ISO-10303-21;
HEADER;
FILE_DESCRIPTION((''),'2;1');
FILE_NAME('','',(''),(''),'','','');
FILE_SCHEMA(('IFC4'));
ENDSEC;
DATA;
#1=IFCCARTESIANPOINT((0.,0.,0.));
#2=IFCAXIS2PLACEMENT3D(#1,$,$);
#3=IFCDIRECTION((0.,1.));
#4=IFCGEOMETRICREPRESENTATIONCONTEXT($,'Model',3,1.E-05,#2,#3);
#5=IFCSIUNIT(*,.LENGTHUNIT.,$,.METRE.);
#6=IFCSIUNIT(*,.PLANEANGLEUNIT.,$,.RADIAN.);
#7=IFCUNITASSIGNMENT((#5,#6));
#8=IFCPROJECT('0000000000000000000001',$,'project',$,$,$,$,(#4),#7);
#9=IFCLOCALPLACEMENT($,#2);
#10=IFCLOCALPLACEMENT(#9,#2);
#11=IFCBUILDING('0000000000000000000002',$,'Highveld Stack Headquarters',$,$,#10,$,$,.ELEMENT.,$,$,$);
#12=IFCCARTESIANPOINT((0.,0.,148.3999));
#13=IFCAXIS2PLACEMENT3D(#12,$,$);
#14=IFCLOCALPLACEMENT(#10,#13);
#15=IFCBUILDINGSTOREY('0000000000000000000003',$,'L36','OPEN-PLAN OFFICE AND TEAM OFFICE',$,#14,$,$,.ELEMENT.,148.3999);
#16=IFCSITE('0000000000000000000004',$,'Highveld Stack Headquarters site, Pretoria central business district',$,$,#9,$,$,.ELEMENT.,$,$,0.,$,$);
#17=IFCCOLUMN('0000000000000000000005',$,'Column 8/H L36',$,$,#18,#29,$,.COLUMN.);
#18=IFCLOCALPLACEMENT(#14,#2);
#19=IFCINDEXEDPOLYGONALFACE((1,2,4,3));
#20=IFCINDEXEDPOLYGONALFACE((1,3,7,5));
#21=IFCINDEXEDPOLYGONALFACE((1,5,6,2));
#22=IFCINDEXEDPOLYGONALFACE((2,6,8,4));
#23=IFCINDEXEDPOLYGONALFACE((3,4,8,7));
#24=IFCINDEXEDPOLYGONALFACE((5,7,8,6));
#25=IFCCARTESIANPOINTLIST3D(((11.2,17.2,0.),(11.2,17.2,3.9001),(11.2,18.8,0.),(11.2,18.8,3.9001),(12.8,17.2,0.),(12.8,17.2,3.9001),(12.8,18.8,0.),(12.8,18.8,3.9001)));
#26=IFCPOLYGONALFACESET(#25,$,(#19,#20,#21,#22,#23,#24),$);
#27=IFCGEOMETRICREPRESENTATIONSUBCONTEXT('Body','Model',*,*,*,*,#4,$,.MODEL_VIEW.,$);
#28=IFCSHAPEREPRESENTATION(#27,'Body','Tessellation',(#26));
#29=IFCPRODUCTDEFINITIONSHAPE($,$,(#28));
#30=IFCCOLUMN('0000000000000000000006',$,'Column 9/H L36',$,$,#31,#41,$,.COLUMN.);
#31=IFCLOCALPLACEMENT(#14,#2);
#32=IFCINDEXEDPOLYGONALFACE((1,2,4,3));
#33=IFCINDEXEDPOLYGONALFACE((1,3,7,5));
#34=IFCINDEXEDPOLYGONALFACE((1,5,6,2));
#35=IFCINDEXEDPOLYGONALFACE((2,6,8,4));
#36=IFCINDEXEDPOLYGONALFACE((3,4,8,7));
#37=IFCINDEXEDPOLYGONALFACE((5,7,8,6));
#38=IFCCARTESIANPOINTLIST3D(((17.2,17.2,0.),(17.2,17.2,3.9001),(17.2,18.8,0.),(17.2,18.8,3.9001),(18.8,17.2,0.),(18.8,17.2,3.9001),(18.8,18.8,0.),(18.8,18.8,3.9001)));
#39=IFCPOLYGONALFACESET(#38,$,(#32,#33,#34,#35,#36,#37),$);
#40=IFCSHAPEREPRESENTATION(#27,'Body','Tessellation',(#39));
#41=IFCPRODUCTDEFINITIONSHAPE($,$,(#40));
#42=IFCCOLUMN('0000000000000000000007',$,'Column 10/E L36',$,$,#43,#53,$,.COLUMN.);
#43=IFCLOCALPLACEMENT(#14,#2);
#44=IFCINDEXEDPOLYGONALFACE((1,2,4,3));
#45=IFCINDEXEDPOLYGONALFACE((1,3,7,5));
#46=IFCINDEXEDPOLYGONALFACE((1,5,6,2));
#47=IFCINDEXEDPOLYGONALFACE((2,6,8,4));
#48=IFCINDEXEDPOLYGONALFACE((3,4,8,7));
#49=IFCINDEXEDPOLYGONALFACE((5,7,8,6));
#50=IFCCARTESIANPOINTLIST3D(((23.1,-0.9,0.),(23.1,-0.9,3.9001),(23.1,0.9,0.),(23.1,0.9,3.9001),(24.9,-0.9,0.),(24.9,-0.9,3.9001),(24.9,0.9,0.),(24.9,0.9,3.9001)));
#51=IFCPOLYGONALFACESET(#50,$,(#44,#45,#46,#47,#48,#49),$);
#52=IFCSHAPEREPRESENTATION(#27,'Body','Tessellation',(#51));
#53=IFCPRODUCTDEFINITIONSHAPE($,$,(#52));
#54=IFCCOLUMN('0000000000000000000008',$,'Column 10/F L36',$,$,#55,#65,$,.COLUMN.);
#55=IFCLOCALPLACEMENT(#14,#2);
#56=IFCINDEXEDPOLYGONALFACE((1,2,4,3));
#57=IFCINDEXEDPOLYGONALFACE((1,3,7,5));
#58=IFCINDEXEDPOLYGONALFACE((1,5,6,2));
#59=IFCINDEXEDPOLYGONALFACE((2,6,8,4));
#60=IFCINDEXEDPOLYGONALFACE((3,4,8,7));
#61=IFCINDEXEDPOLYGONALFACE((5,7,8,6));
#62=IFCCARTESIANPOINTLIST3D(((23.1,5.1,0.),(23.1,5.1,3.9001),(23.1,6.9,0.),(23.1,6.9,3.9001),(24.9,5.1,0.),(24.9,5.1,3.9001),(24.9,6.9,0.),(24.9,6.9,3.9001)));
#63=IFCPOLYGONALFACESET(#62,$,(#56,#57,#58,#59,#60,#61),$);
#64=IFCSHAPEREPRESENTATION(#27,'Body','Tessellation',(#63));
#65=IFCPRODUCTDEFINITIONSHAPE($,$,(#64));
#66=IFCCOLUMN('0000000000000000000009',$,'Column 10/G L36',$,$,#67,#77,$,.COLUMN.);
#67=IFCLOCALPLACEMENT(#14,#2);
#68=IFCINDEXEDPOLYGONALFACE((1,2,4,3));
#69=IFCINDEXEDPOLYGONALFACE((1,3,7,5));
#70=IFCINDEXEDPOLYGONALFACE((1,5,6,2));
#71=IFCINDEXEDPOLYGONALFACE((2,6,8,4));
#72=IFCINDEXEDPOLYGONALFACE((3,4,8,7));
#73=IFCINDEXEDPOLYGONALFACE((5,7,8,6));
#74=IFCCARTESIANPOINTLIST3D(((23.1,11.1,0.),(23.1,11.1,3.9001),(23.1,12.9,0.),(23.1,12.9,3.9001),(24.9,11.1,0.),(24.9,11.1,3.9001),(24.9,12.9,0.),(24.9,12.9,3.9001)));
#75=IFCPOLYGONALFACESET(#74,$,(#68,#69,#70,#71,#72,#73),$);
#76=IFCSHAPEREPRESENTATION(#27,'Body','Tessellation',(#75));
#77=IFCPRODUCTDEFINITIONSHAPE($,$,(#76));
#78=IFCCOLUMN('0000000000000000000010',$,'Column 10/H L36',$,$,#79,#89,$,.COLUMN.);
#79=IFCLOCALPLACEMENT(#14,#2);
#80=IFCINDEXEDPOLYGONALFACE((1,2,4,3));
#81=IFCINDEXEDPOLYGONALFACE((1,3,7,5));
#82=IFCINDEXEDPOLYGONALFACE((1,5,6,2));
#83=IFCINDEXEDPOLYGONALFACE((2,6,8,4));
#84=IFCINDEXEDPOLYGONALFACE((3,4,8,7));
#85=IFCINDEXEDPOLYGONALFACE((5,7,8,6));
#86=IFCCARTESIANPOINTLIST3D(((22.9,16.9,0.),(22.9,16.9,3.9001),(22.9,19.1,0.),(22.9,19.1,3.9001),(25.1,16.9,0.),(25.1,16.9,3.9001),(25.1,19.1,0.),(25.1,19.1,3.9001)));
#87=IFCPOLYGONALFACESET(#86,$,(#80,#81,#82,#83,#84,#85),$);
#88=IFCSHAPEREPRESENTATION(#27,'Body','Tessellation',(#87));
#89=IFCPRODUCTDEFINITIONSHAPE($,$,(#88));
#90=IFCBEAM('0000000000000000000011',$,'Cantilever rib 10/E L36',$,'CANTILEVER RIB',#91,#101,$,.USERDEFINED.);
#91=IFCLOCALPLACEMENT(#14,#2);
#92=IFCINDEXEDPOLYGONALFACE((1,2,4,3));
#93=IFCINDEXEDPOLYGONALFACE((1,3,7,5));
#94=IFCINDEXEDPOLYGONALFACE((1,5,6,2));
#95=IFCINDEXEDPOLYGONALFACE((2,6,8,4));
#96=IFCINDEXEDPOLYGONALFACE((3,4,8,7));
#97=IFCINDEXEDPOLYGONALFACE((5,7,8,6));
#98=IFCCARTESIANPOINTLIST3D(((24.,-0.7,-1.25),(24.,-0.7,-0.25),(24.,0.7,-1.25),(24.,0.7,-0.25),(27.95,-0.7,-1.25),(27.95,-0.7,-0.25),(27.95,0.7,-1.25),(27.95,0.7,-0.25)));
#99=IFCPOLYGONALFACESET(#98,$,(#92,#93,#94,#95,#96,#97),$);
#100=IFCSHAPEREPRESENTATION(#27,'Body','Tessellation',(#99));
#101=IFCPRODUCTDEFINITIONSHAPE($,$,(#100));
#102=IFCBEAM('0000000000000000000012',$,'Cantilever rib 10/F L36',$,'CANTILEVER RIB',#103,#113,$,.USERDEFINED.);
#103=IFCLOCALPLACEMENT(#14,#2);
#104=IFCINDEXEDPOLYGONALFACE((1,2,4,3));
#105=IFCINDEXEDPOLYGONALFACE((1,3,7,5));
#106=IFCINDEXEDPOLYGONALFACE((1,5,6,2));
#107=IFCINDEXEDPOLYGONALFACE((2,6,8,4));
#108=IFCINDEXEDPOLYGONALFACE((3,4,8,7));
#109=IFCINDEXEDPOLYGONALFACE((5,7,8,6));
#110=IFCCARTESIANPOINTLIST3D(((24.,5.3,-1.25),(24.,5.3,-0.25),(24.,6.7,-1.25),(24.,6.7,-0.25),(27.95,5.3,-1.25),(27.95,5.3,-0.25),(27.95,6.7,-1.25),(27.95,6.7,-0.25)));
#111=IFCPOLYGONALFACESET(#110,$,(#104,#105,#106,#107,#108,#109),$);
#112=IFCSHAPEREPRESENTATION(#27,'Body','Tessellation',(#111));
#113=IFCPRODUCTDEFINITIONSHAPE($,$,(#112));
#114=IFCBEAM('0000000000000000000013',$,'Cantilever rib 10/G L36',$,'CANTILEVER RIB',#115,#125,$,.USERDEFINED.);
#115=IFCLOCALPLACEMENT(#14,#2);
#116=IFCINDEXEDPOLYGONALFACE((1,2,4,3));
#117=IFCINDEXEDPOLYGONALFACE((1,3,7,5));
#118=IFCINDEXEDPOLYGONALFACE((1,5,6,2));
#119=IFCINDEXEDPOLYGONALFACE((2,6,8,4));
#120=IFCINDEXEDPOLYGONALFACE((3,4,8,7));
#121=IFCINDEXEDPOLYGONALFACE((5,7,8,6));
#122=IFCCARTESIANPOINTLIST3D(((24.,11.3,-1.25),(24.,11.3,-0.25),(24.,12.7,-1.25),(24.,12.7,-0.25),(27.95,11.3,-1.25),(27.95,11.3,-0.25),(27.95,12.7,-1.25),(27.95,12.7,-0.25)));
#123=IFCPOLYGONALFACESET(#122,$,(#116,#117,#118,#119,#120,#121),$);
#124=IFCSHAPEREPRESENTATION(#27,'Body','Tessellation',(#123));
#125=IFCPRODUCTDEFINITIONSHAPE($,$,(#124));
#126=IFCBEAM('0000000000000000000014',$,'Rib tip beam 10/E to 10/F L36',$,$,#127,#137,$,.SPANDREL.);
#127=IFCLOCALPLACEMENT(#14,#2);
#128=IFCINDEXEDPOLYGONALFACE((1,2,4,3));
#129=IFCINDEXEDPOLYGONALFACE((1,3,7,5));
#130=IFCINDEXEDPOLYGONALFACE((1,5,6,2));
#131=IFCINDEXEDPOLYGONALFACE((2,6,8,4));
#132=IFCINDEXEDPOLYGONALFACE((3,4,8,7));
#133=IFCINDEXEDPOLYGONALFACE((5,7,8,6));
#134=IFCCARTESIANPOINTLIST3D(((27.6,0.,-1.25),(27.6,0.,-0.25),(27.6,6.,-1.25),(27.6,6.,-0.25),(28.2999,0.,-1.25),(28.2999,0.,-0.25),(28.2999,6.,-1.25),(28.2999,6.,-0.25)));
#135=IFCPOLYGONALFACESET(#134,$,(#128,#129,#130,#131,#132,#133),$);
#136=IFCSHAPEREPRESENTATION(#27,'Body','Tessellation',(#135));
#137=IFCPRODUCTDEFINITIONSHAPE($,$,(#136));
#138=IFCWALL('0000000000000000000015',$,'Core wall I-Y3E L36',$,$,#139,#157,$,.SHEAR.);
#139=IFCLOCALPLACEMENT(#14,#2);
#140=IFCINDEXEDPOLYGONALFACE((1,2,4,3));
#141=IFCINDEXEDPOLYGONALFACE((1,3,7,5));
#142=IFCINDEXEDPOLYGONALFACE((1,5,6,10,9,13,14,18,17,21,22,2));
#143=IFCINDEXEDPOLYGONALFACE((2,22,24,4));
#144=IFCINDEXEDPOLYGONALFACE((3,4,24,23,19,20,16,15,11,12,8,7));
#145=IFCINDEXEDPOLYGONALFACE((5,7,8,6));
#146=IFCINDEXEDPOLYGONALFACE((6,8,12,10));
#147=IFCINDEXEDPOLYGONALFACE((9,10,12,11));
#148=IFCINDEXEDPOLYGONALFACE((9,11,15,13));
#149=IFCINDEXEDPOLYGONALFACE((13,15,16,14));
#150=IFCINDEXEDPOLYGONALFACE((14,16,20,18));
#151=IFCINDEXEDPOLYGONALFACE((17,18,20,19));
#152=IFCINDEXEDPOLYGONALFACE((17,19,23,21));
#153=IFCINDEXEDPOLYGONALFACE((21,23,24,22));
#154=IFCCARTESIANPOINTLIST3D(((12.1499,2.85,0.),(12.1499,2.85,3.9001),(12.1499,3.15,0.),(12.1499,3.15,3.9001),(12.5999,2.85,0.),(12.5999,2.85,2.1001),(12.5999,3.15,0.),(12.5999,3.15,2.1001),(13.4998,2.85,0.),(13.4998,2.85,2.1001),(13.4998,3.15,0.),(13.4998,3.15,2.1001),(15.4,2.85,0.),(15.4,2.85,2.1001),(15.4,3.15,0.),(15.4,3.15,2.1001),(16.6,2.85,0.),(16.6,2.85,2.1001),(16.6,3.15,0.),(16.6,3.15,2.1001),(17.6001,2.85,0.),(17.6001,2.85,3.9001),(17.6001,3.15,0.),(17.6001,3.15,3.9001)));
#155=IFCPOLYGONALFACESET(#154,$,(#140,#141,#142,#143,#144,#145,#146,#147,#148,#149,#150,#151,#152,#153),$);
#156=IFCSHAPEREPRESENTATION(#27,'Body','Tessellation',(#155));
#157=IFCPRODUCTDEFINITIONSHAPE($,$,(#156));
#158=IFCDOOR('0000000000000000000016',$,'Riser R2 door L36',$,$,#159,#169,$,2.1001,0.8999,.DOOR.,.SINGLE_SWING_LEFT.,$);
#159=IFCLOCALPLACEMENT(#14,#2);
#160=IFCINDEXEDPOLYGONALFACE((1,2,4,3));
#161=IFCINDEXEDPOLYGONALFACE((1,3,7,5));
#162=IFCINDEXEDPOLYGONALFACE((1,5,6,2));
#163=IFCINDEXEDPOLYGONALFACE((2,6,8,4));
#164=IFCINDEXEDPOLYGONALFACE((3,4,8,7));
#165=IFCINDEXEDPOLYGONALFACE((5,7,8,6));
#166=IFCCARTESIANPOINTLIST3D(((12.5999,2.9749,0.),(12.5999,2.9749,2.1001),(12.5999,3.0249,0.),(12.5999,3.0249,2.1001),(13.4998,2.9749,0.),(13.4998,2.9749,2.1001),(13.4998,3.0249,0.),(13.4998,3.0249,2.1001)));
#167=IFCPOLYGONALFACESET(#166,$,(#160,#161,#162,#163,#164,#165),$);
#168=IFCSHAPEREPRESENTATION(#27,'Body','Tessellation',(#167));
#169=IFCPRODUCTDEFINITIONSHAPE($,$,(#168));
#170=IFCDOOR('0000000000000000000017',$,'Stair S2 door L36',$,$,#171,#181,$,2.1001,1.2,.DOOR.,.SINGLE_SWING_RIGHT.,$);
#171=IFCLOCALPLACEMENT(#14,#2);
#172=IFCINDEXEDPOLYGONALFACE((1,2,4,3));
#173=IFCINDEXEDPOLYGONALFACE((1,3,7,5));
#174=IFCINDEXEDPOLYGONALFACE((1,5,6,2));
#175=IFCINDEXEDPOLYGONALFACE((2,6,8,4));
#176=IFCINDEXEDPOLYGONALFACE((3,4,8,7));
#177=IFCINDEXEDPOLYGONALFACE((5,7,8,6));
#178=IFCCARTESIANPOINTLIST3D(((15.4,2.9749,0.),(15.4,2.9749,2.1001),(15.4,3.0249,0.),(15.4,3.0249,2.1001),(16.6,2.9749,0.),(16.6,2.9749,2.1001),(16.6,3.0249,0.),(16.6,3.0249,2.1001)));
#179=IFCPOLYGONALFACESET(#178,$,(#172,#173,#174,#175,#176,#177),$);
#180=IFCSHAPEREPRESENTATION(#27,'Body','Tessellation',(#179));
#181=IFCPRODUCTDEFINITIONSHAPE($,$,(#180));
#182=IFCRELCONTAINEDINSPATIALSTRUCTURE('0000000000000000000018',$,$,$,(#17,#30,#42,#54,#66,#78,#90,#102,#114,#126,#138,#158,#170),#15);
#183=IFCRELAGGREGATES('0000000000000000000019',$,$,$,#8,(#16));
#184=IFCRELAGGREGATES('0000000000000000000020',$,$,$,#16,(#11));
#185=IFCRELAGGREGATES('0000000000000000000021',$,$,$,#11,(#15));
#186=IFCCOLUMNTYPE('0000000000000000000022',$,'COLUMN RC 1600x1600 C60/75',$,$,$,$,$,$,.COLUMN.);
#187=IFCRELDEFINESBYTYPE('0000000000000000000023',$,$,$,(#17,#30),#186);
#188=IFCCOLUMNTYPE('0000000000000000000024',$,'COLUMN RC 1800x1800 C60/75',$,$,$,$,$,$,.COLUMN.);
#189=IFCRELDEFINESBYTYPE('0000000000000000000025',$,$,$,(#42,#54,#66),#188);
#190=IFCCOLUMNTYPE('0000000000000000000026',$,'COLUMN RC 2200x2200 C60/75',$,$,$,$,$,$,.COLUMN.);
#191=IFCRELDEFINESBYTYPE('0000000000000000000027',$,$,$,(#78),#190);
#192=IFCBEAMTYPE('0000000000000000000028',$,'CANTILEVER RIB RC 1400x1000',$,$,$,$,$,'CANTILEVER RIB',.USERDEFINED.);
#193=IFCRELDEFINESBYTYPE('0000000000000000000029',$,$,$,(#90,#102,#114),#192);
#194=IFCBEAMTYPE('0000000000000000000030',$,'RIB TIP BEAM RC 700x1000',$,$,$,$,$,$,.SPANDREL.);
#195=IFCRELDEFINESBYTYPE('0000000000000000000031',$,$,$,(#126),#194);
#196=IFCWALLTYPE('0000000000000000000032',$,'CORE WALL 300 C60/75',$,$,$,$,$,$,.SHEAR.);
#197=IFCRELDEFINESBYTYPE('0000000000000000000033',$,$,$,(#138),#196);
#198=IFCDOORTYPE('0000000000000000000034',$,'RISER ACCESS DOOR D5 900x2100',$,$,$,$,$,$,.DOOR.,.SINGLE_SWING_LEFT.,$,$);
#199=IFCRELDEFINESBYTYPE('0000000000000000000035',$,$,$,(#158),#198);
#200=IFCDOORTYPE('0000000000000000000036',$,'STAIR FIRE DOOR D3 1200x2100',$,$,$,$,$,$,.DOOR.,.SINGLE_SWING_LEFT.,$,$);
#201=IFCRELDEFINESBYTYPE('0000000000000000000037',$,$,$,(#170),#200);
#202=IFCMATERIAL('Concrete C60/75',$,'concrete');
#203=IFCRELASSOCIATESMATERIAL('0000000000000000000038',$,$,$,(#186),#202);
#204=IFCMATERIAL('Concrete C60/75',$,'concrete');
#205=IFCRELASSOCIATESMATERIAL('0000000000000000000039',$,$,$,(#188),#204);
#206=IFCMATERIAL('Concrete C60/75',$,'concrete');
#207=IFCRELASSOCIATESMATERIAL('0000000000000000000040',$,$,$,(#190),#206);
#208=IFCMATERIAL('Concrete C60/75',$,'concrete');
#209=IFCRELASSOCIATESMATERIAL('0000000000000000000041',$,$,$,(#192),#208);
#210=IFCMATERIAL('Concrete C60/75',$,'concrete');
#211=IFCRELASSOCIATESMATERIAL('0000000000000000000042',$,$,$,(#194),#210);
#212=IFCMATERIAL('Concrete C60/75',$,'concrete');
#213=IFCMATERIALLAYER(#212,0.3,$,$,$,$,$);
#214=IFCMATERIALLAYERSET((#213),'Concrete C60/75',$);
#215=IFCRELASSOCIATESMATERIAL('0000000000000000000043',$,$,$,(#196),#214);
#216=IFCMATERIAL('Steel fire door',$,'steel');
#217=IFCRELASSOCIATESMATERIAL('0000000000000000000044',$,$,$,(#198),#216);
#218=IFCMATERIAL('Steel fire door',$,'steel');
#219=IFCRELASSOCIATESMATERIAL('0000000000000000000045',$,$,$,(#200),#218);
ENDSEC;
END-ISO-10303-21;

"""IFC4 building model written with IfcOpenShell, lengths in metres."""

from ifc_helpers import new_model, si_unit, direction, frame, frame_2d, origin, origin_2d, place, context, subcontext, project, spatial, rectangle, extrude, material, layer, layer_set, material_profile, profile_set, type_object, element, fill, save


model = new_model("IFC4")

# Units and contexts
model_context = context("Model", 3, precision=1e-05, world=origin(), true_north=direction((0.0, 1.0)))
body_context = subcontext(model_context, "Body", "Model", "MODEL_VIEW")
ifc_project = project(units=[si_unit("LENGTHUNIT", "METRE"), si_unit("PLANEANGLEUNIT", "RADIAN")], contexts=[model_context])

# Site, building, storey
site_placement = place(None, origin())
site = spatial("IfcSite", under=ifc_project, at=site_placement, Name="Highveld Stack Headquarters site, Pretoria central business district", CompositionType="ELEMENT", RefElevation=0.0)
building_placement = place(site_placement, origin())
building = spatial("IfcBuilding", under=site, at=building_placement, Name="Highveld Stack Headquarters", CompositionType="ELEMENT")
storey_placement = place(building_placement, frame((0.0, 0.0, 148.3999)))
storey = spatial("IfcBuildingStorey", under=building, at=storey_placement, Name="L36", Description="OPEN-PLAN OFFICE AND TEAM OFFICE", CompositionType="ELEMENT", Elevation=148.3999)

# Columns
ifc_material_1 = material(Name="Concrete C60/75", Category="concrete")
ifc_material_profile_1 = material_profile(ifc_material_1, rectangle(XDim=1.6001, YDim=1.6001, at=origin_2d()), Name="RC 1600x1600")
ifc_profile_set_1 = profile_set([ifc_material_profile_1], Name="Concrete C60/75")
column_type_1 = type_object("IfcColumnType", Name="COLUMN RC 1600x1600 C60/75", PredefinedType="COLUMN", material=ifc_profile_set_1)
for number, where, z_axis, x_axis, name in (
    (1, (12.0, 18.0, 0.0), (0.0, 0.0, 1.0), (1.0, 0.0, 0.0), "Column 8/H L36"),
    (2, (18.0, 18.0, 0.0), (0.0, 0.0, 1.0), (1.0, 0.0, 0.0), "Column 9/H L36"),
):
    element("IfcColumn", number, at=place(storey_placement, frame(where, z_axis=z_axis, x_axis=x_axis)), inside=storey, type_object=column_type_1, Name=name, PredefinedType="COLUMN", context=body_context, shape_type="SweptSolid", body=[
        extrude(rectangle(XDim=1.6001, YDim=1.6001, at=origin_2d()), origin(), (0.0, 0.0, 1.0), 3.9001),
    ])
ifc_material_2 = material(Name="Concrete C60/75", Category="concrete")
ifc_material_profile_2 = material_profile(ifc_material_2, rectangle(XDim=1.8, YDim=1.8, at=origin_2d()), Name="RC 1800x1800")
ifc_profile_set_2 = profile_set([ifc_material_profile_2], Name="Concrete C60/75")
column_type_2 = type_object("IfcColumnType", Name="COLUMN RC 1800x1800 C60/75", PredefinedType="COLUMN", material=ifc_profile_set_2)
for number, where, z_axis, x_axis, name in (
    (3, (24.0, 0.0, 0.0), (0.0, 0.0, 1.0), (1.0, 0.0, 0.0), "Column 10/E L36"),
    (4, (24.0, 6.0, 0.0), (0.0, 0.0, 1.0), (1.0, 0.0, 0.0), "Column 10/F L36"),
    (5, (24.0, 12.0, 0.0), (0.0, 0.0, 1.0), (1.0, 0.0, 0.0), "Column 10/G L36"),
):
    element("IfcColumn", number, at=place(storey_placement, frame(where, z_axis=z_axis, x_axis=x_axis)), inside=storey, type_object=column_type_2, Name=name, PredefinedType="COLUMN", context=body_context, shape_type="SweptSolid", body=[
        extrude(rectangle(XDim=1.8, YDim=1.8, at=origin_2d()), origin(), (0.0, 0.0, 1.0), 3.9001),
    ])
ifc_material_3 = material(Name="Concrete C60/75", Category="concrete")
ifc_material_profile_3 = material_profile(ifc_material_3, rectangle(XDim=2.2, YDim=2.2, at=origin_2d()), Name="RC 2200x2200")
ifc_profile_set_3 = profile_set([ifc_material_profile_3], Name="Concrete C60/75")
column_type_3 = type_object("IfcColumnType", Name="COLUMN RC 2200x2200 C60/75", PredefinedType="COLUMN", material=ifc_profile_set_3)
column_placement = place(storey_placement, frame((24.0, 18.0, 0.0), z_axis=(0.0, 0.0, 1.0), x_axis=(1.0, 0.0, 0.0)))
element("IfcColumn", 6, at=column_placement, inside=storey, type_object=column_type_3, Name="Column 10/H L36", PredefinedType="COLUMN", context=body_context, shape_type="SweptSolid", body=[
    extrude(rectangle(XDim=2.2, YDim=2.2, at=origin_2d()), origin(), (0.0, 0.0, 1.0), 3.9001),
])

# Beams
ifc_material_4 = material(Name="Concrete C60/75", Category="concrete")
ifc_material_profile_4 = material_profile(ifc_material_4, rectangle(XDim=1.3999, YDim=1.0, at=origin_2d()), Name="RC 1400x1000")
ifc_profile_set_4 = profile_set([ifc_material_profile_4], Name="Concrete C60/75")
beam_type_1 = type_object("IfcBeamType", Name="CANTILEVER RIB RC 1400x1000", ElementType="CANTILEVER RIB", PredefinedType="USERDEFINED", material=ifc_profile_set_4)
for number, where, z_axis, x_axis, name in (
    (7, (24.0, 0.0, -0.75), (1.0, 0.0, 0.0), (0.0, 1.0, 0.0), "Cantilever rib 10/E L36"),
    (8, (24.0, 6.0, -0.75), (1.0, 0.0, 0.0), (0.0, 1.0, 0.0), "Cantilever rib 10/F L36"),
    (9, (24.0, 12.0, -0.75), (1.0, 0.0, 0.0), (0.0, 1.0, 0.0), "Cantilever rib 10/G L36"),
):
    element("IfcBeam", number, at=place(storey_placement, frame(where, z_axis=z_axis, x_axis=x_axis)), inside=storey, type_object=beam_type_1, Name=name, ObjectType="CANTILEVER RIB", PredefinedType="USERDEFINED", context=body_context, shape_type="SweptSolid", body=[
        extrude(rectangle(XDim=1.3999, YDim=1.0, at=origin_2d()), origin(), (0.0, 0.0, 1.0), 3.95),
    ])
ifc_material_5 = material(Name="Concrete C60/75", Category="concrete")
ifc_material_profile_5 = material_profile(ifc_material_5, rectangle(XDim=0.7, YDim=1.0, at=origin_2d()), Name="RC 700x1000")
ifc_profile_set_5 = profile_set([ifc_material_profile_5], Name="Concrete C60/75")
beam_type_2 = type_object("IfcBeamType", Name="RIB TIP BEAM RC 700x1000", PredefinedType="SPANDREL", material=ifc_profile_set_5)
beam_placement = place(storey_placement, frame((27.95, 0.0, -0.75), z_axis=(0.0, 1.0, 0.0), x_axis=(-1.0, 0.0, 0.0)))
element("IfcBeam", 10, at=beam_placement, inside=storey, type_object=beam_type_2, Name="Rib tip beam 10/E to 10/F L36", PredefinedType="SPANDREL", context=body_context, shape_type="SweptSolid", body=[
    extrude(rectangle(XDim=0.7, YDim=1.0, at=origin_2d()), origin(), (0.0, 0.0, 1.0), 6.0),
])

# Wall, openings, doors
ifc_material_6 = material(Name="Concrete C60/75", Category="concrete")
ifc_layer_1 = layer(ifc_material_6, 0.3)
ifc_layer_set_1 = layer_set([ifc_layer_1], Name="Concrete C60/75")
wall_type_1 = type_object("IfcWallType", Name="CORE WALL 300 C60/75", PredefinedType="SHEAR", material=ifc_layer_set_1)
wall_1_placement = place(storey_placement, frame((12.1499, 3.0, 0.0), z_axis=(0.0, 0.0, 1.0), x_axis=(1.0, 0.0, 0.0)))
wall_1 = element("IfcWall", 11, at=wall_1_placement, inside=storey, type_object=wall_type_1, Name="Core wall I-Y3E L36", PredefinedType="SHEAR", context=body_context, shape_type="SweptSolid", body=[
    extrude(rectangle(XDim=5.4502, YDim=0.3, at=frame_2d((2.7251, 0.0))), origin(), (0.0, 0.0, 1.0), 3.9001),
])
opening_1_placement = place(wall_1_placement, frame((3.25, 0.0, 0.0)))
opening_1 = element("IfcOpeningElement", 12, at=opening_1_placement, cuts=wall_1, PredefinedType="OPENING", context=body_context, shape_type="SweptSolid", body=[
    extrude(rectangle(XDim=1.2, YDim=2.1001, at=frame_2d((0.6001, 1.05))), frame((0.0, 0.1599, 0.0), z_axis=(0.0, -1.0, 0.0), x_axis=(1.0, 0.0, 0.0)), (0.0, 0.0, 1.0), 0.3201),
])
opening_2_placement = place(wall_1_placement, frame((0.45, 0.0, 0.0)))
opening_2 = element("IfcOpeningElement", 13, at=opening_2_placement, cuts=wall_1, PredefinedType="OPENING", context=body_context, shape_type="SweptSolid", body=[
    extrude(rectangle(XDim=0.8999, YDim=2.1001, at=frame_2d((0.45, 1.05))), frame((0.0, 0.1599, 0.0), z_axis=(0.0, -1.0, 0.0), x_axis=(1.0, 0.0, 0.0)), (0.0, 0.0, 1.0), 0.3201),
])
ifc_material_7 = material(Name="Steel fire door", Category="steel")
door_type_1 = type_object("IfcDoorType", Name="RISER ACCESS DOOR D5 900x2100", OperationType="SINGLE_SWING_LEFT", PredefinedType="DOOR", material=ifc_material_7)
door_1_placement = place(opening_2_placement, origin())
door_1 = element("IfcDoor", 14, at=door_1_placement, inside=storey, type_object=door_type_1, Name="Riser R2 door L36", OperationType="SINGLE_SWING_LEFT", OverallHeight=2.1001, OverallWidth=0.8999, PredefinedType="DOOR", context=body_context, shape_type="SweptSolid", body=[
    extrude(rectangle(XDim=0.8999, YDim=2.1001, at=frame_2d((0.45, 1.05))), frame((0.0, 0.0249, 0.0), z_axis=(0.0, -1.0, 0.0), x_axis=(1.0, 0.0, 0.0)), (0.0, 0.0, 1.0), 0.05),
])
fill(opening_2, door_1)
ifc_material_8 = material(Name="Steel fire door", Category="steel")
door_type_2 = type_object("IfcDoorType", Name="STAIR FIRE DOOR D3 1200x2100", OperationType="SINGLE_SWING_LEFT", PredefinedType="DOOR", material=ifc_material_8)
door_2_placement = place(opening_1_placement, origin())
door_2 = element("IfcDoor", 15, at=door_2_placement, inside=storey, type_object=door_type_2, Name="Stair S2 door L36", OperationType="SINGLE_SWING_RIGHT", OverallHeight=2.1001, OverallWidth=1.2, PredefinedType="DOOR", context=body_context, shape_type="SweptSolid", body=[
    extrude(rectangle(XDim=1.2, YDim=2.1001, at=frame_2d((0.6001, 1.05))), frame((0.0, 0.0249, 0.0), z_axis=(0.0, -1.0, 0.0), x_axis=(1.0, 0.0, 0.0)), (0.0, 0.0, 1.0), 0.05),
])
fill(opening_1, door_2)

save(model, "model.ifc")
